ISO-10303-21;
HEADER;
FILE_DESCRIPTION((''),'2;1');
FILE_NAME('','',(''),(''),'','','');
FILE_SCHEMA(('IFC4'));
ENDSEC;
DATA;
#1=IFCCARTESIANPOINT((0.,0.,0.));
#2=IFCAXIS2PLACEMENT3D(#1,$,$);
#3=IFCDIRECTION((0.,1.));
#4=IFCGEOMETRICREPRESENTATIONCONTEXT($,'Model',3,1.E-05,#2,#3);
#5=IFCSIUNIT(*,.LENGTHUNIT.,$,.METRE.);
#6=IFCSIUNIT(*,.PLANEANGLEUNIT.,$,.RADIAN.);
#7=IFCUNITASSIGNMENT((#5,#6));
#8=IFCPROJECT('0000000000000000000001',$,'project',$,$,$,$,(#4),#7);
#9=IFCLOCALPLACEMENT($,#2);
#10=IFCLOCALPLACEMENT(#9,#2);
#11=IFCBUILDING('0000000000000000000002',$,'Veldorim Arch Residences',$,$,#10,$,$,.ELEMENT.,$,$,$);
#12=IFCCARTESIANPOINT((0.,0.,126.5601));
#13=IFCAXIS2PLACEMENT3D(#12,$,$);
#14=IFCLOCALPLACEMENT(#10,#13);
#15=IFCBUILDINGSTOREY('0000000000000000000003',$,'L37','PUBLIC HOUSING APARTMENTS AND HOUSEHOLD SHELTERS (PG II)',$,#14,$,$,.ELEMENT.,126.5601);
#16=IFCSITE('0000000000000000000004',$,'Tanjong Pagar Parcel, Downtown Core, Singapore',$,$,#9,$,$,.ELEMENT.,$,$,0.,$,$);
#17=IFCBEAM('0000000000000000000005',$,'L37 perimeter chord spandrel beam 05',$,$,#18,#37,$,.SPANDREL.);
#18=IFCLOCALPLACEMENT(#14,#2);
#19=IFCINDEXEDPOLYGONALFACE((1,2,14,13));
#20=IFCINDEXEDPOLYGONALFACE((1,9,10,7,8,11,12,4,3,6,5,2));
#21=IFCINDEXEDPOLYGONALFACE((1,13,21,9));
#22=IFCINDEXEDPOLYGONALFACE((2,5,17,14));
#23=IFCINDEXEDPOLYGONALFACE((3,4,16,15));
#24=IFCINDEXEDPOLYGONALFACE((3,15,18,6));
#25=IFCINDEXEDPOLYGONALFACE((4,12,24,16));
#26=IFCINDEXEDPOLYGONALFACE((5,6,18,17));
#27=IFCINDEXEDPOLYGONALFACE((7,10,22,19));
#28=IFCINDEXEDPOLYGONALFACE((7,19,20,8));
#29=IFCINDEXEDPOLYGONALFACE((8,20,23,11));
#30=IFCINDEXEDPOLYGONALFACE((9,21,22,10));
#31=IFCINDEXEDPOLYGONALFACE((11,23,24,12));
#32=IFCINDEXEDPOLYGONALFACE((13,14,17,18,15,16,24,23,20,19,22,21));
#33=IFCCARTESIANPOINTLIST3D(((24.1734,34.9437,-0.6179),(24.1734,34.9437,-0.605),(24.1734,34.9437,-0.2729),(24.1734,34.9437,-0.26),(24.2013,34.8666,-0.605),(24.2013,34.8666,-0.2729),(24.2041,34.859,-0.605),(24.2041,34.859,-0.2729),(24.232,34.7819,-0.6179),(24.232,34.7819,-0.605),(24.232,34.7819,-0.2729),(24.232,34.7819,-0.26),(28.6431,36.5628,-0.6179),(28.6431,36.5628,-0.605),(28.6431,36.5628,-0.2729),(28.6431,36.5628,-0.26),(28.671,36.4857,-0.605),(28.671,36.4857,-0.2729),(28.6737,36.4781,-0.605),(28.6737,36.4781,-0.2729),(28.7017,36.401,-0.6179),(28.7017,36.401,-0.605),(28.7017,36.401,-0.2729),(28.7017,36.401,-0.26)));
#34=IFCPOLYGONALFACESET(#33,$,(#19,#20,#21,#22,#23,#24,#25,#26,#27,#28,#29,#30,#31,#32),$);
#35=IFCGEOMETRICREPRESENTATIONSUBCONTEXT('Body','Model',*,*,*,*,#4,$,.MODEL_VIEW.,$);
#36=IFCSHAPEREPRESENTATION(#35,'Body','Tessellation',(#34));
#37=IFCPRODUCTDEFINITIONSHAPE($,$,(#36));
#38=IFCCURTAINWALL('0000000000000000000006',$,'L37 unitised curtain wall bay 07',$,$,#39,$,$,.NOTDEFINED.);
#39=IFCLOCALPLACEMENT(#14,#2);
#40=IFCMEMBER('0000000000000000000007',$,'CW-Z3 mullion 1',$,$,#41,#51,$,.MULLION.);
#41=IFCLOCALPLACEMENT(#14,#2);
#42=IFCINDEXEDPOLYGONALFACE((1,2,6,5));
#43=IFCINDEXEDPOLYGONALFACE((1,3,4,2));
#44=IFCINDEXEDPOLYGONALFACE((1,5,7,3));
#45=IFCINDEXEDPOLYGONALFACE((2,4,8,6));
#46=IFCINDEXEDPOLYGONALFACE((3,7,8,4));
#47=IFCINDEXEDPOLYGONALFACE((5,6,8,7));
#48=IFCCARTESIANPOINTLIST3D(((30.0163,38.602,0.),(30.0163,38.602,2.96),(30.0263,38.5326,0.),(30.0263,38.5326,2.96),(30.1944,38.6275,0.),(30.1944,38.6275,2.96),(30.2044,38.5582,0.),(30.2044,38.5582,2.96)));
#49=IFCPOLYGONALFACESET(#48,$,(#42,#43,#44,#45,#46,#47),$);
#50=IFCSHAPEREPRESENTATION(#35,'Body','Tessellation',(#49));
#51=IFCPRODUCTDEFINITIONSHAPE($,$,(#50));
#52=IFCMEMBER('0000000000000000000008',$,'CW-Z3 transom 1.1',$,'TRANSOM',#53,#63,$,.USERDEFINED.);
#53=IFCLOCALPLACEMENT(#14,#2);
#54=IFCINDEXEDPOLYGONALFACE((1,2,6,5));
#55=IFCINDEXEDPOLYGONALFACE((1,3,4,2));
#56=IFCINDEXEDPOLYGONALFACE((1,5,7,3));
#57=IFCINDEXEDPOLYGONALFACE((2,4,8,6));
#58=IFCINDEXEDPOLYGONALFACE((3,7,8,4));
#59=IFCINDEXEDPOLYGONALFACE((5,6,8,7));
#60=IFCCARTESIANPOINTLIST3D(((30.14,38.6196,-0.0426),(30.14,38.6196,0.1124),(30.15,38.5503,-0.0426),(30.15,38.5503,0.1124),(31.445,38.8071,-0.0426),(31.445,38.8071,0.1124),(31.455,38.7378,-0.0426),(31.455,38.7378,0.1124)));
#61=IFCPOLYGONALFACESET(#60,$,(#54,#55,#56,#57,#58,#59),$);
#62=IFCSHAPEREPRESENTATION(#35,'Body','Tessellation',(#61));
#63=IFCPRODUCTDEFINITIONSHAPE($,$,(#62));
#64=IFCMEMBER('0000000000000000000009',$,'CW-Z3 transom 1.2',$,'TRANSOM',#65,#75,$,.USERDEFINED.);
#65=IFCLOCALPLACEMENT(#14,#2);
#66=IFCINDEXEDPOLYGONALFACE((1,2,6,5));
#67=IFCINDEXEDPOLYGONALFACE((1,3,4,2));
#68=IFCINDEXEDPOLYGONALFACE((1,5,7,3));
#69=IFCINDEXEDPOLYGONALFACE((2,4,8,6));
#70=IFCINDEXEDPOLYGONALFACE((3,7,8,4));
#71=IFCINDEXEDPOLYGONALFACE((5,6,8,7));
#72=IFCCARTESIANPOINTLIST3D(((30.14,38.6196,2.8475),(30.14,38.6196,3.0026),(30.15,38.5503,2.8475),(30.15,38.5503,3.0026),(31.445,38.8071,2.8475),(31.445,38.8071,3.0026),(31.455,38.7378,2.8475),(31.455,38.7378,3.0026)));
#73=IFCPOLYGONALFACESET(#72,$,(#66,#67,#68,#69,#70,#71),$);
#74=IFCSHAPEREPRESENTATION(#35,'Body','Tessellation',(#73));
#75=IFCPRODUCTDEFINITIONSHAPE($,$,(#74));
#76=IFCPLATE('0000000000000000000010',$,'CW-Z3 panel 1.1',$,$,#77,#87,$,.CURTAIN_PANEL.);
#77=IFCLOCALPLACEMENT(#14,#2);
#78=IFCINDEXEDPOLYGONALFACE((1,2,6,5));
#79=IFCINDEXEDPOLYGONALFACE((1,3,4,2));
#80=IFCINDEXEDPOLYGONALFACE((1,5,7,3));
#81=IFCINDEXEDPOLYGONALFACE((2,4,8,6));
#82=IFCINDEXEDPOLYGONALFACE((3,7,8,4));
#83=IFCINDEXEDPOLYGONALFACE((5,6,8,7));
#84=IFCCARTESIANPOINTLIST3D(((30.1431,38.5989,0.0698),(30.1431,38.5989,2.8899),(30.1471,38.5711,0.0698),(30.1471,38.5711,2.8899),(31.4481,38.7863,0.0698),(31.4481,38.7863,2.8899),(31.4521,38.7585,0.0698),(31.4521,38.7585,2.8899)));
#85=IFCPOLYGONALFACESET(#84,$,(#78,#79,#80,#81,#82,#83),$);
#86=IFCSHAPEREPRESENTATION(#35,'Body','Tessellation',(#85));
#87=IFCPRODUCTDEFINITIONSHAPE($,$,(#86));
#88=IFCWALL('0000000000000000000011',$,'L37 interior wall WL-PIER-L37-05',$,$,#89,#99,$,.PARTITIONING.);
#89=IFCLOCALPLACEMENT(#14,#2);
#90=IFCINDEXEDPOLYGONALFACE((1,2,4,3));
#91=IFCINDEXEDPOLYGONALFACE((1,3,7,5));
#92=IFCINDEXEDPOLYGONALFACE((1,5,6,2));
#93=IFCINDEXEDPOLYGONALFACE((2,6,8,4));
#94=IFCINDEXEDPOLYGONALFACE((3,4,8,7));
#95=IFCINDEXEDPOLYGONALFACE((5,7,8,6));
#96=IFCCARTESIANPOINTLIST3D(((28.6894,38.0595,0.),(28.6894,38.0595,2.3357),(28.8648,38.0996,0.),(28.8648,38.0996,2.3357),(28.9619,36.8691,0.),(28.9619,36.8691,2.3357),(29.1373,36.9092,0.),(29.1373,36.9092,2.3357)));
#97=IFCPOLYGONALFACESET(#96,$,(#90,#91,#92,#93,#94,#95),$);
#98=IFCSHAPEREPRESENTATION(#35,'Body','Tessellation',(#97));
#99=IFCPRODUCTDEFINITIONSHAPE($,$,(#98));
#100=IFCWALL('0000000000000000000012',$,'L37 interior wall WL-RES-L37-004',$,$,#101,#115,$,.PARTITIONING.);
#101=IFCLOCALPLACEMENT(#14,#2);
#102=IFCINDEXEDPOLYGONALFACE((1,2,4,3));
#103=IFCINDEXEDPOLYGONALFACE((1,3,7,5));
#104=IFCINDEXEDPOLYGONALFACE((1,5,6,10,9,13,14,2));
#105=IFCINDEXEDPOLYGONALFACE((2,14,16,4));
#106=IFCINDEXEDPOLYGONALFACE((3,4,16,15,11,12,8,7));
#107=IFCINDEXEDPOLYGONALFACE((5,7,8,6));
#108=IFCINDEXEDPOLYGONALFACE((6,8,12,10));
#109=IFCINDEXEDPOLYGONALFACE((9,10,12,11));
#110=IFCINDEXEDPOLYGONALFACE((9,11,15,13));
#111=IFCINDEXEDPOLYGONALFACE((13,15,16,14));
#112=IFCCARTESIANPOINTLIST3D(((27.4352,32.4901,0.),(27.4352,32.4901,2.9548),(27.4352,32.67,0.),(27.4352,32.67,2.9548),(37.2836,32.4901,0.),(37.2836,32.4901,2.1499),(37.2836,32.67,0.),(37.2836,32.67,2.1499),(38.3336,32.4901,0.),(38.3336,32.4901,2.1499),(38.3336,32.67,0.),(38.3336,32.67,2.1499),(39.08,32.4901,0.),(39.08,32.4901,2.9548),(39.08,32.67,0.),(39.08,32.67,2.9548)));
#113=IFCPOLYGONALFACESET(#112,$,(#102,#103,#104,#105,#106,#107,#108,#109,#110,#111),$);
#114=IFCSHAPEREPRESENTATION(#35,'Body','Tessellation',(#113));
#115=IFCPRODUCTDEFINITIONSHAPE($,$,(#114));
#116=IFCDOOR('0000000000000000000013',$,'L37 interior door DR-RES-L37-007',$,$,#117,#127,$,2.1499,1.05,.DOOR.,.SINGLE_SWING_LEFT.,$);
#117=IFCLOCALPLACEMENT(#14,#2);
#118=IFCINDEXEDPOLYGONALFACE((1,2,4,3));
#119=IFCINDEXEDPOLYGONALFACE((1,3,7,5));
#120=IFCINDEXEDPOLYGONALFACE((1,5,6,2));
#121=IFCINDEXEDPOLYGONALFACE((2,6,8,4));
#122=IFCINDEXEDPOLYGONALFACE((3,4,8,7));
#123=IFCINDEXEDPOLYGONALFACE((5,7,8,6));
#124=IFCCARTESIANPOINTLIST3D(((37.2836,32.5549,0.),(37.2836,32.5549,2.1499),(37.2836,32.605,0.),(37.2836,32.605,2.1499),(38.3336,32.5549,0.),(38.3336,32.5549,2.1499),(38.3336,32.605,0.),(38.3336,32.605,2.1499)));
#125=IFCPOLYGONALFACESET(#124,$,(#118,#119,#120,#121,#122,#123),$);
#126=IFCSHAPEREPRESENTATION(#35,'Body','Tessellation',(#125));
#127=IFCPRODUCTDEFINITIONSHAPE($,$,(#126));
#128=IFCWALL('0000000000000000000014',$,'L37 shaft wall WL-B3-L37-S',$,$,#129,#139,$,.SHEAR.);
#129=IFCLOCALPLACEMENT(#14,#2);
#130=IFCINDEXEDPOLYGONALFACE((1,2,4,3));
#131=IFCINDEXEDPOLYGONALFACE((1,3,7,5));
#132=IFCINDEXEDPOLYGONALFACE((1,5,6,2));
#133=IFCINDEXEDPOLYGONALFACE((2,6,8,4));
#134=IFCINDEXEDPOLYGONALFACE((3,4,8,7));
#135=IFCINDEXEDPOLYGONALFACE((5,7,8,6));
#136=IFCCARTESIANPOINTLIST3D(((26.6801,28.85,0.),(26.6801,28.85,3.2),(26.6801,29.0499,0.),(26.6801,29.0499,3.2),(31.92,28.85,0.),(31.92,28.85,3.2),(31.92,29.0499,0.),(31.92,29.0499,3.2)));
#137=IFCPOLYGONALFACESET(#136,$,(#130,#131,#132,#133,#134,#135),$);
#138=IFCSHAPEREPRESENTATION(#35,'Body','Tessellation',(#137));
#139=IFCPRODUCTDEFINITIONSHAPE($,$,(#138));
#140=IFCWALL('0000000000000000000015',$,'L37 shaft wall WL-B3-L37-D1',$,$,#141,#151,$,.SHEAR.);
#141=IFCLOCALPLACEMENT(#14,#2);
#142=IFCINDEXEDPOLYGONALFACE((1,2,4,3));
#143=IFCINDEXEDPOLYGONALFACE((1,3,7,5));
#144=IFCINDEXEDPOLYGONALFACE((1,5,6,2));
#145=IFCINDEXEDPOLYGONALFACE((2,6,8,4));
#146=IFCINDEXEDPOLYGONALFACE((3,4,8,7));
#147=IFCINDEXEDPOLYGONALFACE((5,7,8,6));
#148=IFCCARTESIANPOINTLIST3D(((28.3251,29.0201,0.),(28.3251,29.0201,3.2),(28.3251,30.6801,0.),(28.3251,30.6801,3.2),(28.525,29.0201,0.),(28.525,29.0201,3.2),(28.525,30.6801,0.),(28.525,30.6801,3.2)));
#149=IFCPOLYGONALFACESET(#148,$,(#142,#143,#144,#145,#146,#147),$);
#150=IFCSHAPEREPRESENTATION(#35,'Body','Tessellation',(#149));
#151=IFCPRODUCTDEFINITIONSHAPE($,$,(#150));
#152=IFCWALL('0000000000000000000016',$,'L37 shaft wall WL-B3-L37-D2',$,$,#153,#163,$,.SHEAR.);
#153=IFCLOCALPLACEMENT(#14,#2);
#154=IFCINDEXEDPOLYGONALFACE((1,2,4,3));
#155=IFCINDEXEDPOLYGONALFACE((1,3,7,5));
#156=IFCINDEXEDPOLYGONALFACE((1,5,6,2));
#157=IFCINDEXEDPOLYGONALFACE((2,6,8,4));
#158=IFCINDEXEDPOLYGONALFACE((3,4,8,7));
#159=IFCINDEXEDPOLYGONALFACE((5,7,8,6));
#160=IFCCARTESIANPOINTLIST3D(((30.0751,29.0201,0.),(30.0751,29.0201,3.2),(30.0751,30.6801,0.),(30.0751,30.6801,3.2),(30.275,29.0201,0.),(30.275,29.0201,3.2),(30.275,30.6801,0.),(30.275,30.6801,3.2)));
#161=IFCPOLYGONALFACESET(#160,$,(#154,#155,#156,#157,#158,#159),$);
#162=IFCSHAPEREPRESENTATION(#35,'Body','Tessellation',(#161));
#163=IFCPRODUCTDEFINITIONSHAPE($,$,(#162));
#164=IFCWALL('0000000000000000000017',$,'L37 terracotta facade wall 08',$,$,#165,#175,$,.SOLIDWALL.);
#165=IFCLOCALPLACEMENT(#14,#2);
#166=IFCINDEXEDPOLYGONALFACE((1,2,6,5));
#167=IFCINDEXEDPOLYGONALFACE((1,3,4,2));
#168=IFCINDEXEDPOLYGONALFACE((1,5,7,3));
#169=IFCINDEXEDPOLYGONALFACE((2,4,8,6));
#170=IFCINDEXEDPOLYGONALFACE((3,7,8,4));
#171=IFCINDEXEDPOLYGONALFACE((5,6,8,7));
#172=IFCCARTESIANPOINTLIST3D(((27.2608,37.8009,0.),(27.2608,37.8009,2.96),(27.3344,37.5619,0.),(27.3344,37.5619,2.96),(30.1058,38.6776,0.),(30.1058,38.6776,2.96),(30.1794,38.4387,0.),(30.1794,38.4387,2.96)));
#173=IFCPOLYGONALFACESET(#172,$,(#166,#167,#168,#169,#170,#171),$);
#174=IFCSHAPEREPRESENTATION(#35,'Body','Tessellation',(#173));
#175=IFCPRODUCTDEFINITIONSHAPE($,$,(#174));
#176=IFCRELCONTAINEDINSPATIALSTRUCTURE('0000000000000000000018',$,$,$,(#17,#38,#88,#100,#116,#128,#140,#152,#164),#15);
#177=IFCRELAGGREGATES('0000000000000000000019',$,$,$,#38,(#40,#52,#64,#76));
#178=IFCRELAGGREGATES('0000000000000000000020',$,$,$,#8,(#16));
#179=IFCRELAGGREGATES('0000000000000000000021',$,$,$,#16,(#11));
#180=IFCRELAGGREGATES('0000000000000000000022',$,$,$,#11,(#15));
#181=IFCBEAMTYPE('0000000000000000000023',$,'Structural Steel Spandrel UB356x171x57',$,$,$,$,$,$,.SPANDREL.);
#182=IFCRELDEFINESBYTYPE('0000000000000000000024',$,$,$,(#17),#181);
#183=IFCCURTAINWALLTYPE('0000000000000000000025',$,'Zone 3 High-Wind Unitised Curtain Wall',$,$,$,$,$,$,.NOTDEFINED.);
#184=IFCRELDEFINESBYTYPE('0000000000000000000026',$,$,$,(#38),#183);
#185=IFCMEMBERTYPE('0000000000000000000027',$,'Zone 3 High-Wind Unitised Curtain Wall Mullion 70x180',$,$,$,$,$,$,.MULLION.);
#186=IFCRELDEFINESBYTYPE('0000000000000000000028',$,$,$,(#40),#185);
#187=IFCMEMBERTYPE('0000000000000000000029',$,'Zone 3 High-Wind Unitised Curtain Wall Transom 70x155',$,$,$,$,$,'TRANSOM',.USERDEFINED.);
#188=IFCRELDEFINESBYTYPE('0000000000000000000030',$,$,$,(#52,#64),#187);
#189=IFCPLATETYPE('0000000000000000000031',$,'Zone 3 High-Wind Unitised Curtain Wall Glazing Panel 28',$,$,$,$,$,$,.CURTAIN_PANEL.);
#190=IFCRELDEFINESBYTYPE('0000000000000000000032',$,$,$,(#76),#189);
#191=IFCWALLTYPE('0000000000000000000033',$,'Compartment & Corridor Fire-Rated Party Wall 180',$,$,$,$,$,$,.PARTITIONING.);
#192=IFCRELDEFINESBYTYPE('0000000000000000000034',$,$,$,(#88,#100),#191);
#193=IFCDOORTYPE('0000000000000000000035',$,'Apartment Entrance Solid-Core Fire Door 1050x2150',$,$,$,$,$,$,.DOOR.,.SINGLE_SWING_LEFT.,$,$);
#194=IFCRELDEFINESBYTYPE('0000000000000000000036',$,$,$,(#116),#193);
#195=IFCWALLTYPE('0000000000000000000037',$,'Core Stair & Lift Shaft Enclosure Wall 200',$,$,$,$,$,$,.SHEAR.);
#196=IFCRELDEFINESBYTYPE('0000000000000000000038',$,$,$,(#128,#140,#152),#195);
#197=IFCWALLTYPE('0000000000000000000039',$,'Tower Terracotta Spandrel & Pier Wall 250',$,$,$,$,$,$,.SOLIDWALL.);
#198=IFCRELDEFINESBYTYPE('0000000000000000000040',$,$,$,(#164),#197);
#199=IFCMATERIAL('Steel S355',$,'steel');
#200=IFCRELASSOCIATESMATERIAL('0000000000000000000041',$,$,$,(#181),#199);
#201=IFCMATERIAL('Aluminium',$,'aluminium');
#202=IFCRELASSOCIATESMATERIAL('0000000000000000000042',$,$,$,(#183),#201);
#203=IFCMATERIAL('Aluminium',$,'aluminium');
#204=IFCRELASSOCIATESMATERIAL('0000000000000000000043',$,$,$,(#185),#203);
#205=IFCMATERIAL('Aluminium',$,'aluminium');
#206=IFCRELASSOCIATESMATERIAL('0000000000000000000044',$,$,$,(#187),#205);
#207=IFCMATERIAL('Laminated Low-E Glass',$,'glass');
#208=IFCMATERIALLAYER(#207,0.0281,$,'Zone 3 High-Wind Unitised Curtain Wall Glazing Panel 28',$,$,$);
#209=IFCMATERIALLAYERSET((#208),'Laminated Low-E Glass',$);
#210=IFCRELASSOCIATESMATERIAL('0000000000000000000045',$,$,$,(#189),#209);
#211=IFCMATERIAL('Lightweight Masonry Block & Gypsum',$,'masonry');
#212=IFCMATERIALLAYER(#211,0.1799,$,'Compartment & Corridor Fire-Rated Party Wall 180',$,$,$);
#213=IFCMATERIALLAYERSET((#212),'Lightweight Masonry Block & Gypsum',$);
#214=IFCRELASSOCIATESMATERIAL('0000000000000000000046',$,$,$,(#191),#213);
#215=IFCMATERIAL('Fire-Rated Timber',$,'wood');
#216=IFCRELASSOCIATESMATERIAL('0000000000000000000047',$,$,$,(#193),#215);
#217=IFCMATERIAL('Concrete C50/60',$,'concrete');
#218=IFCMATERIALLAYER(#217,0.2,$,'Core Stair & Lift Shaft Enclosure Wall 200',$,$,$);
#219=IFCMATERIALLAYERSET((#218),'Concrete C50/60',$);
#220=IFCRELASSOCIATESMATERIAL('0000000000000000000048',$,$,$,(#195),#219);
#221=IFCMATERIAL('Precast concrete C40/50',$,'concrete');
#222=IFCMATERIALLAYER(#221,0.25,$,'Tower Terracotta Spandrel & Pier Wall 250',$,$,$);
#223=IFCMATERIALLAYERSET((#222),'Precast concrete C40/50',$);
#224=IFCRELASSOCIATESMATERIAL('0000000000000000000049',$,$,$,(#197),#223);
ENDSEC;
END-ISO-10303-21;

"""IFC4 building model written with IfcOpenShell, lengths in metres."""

from ifc_helpers import new_model, si_unit, direction, frame, frame_2d, origin, origin_2d, place, context, subcontext, project, spatial, rectangle, i_section, extrude, material, layer, layer_set, material_profile, profile_set, type_object, element, fill, aggregate, save


model = new_model("IFC4")

# Units and contexts
model_context = context("Model", 3, precision=1e-05, world=origin(), true_north=direction((0.0, 1.0)))
body_context = subcontext(model_context, "Body", "Model", "MODEL_VIEW")
ifc_project = project(units=[si_unit("LENGTHUNIT", "METRE"), si_unit("PLANEANGLEUNIT", "RADIAN")], contexts=[model_context])

# Site, building, storey
site_placement = place(None, origin())
site = spatial("IfcSite", under=ifc_project, at=site_placement, Name="Tanjong Pagar Parcel, Downtown Core, Singapore", CompositionType="ELEMENT", RefElevation=0.0)
building_placement = place(site_placement, origin())
building = spatial("IfcBuilding", under=site, at=building_placement, Name="Veldorim Arch Residences", CompositionType="ELEMENT")
storey_placement = place(building_placement, frame((0.0, 0.0, 126.5601)))
storey = spatial("IfcBuildingStorey", under=building, at=storey_placement, Name="L37", Description="PUBLIC HOUSING APARTMENTS AND HOUSEHOLD SHELTERS (PG II)", CompositionType="ELEMENT", Elevation=126.5601)

# Beam
ifc_material_1 = material(Name="Steel S355", Category="steel")
ifc_material_profile_1 = material_profile(ifc_material_1, i_section(OverallWidth=0.1721, OverallDepth=0.3579, WebThickness=0.0081, FlangeThickness=0.0129, at=origin_2d()), Name="UB356x171x57")
ifc_profile_set_1 = profile_set([ifc_material_profile_1], Name="Steel S355")
beam_type_1 = type_object("IfcBeamType", Name="Structural Steel Spandrel UB356x171x57", PredefinedType="SPANDREL", material=ifc_profile_set_1)
beam_1_placement = place(storey_placement, frame((28.6724, 36.4819, -0.439), z_axis=(-0.940213, -0.340588, 0.0), x_axis=(0.340588, -0.940213, 0.0)))
element("IfcBeam", 1, at=beam_1_placement, inside=storey, type_object=beam_type_1, Name="L37 perimeter chord spandrel beam 05", PredefinedType="SPANDREL", context=body_context, shape_type="SweptSolid", body=[
    extrude(i_section(OverallWidth=0.1721, OverallDepth=0.3579, WebThickness=0.0081, FlangeThickness=0.0129, at=origin_2d()), origin(), (0.0, 0.0, 1.0), 4.7539),
])

# Curtain wall, members, plate
ifc_material_2 = material(Name="Aluminium", Category="aluminium")
curtain_wall_type = type_object("IfcCurtainWallType", Name="Zone 3 High-Wind Unitised Curtain Wall", PredefinedType="NOTDEFINED", material=ifc_material_2)
curtain_wall_placement = place(storey_placement, origin())
curtain_wall = element("IfcCurtainWall", 2, at=curtain_wall_placement, inside=storey, type_object=curtain_wall_type, Name="L37 unitised curtain wall bay 07", PredefinedType="NOTDEFINED")
ifc_material_3 = material(Name="Aluminium", Category="aluminium")
ifc_material_profile_2 = material_profile(ifc_material_3, rectangle(XDim=0.0701, YDim=0.1799, at=origin_2d()), Name="ALU_MUL_70x180")
ifc_profile_set_2 = profile_set([ifc_material_profile_2], Name="Aluminium")
member_type_1 = type_object("IfcMemberType", Name="Zone 3 High-Wind Unitised Curtain Wall Mullion 70x180", PredefinedType="MULLION", material=ifc_profile_set_2)
member_1_placement = place(storey_placement, frame((30.1104, 38.5801, 0.0), z_axis=(0.0, 0.0, 1.0), x_axis=(-0.14212, 0.989849, 0.0)))
member_1 = element("IfcMember", 3, at=member_1_placement, type_object=member_type_1, Name="CW-Z3 mullion 1", PredefinedType="MULLION", context=body_context, shape_type="SweptSolid", body=[
    extrude(rectangle(XDim=0.0701, YDim=0.1799, at=origin_2d()), origin(), (0.0, 0.0, 1.0), 2.96),
])
ifc_material_4 = material(Name="Aluminium", Category="aluminium")
ifc_material_profile_3 = material_profile(ifc_material_4, rectangle(XDim=0.0701, YDim=0.155, at=origin_2d()), Name="ALU_TRN_70x155")
ifc_profile_set_3 = profile_set([ifc_material_profile_3], Name="Aluminium")
member_type_2 = type_object("IfcMemberType", Name="Zone 3 High-Wind Unitised Curtain Wall Transom 70x155", ElementType="TRANSOM", PredefinedType="USERDEFINED", material=ifc_profile_set_3)
member_2_placement = place(storey_placement, frame((30.145, 38.585, 0.0349), z_axis=(0.989834, 0.142225, 0.0), x_axis=(-0.142225, 0.989834, 0.0)))
member_2 = element("IfcMember", 4, at=member_2_placement, type_object=member_type_2, Name="CW-Z3 transom 1.1", ObjectType="TRANSOM", PredefinedType="USERDEFINED", context=body_context, shape_type="SweptSolid", body=[
    extrude(rectangle(XDim=0.0701, YDim=0.155, at=origin_2d()), origin(), (0.0, 0.0, 1.0), 1.3184),
])
member_3_placement = place(storey_placement, frame((30.145, 38.585, 2.925), z_axis=(0.989834, 0.142225, 0.0), x_axis=(-0.142225, 0.989834, 0.0)))
member_3 = element("IfcMember", 5, at=member_3_placement, type_object=member_type_2, Name="CW-Z3 transom 1.2", ObjectType="TRANSOM", PredefinedType="USERDEFINED", context=body_context, shape_type="SweptSolid", body=[
    extrude(rectangle(XDim=0.0701, YDim=0.155, at=origin_2d()), origin(), (0.0, 0.0, 1.0), 1.3184),
])
ifc_material_5 = material(Name="Laminated Low-E Glass", Category="glass")
ifc_layer_1 = layer(ifc_material_5, 0.0281, Name="Zone 3 High-Wind Unitised Curtain Wall Glazing Panel 28")
ifc_layer_set_1 = layer_set([ifc_layer_1], Name="Laminated Low-E Glass")
plate_type = type_object("IfcPlateType", Name="Zone 3 High-Wind Unitised Curtain Wall Glazing Panel 28", PredefinedType="CURTAIN_PANEL", material=ifc_layer_set_1)
plate_placement = place(storey_placement, frame((30.7976, 38.6787, 0.0698), z_axis=(0.0, 0.0, 1.0), x_axis=(0.989849, 0.14212, 0.0)))
plate = element("IfcPlate", 6, at=plate_placement, type_object=plate_type, Name="CW-Z3 panel 1.1", PredefinedType="CURTAIN_PANEL", context=body_context, shape_type="SweptSolid", body=[
    extrude(rectangle(XDim=1.3184, YDim=0.0281, at=origin_2d()), origin(), (0.0, 0.0, 1.0), 2.8201),
])
aggregate(curtain_wall, [member_1, member_2, member_3, plate])

# Wall
ifc_material_6 = material(Name="Lightweight Masonry Block & Gypsum", Category="masonry")
ifc_layer_2 = layer(ifc_material_6, 0.1799, Name="Compartment & Corridor Fire-Rated Party Wall 180")
ifc_layer_set_2 = layer_set([ifc_layer_2], Name="Lightweight Masonry Block & Gypsum")
wall_type_1 = type_object("IfcWallType", Name="Compartment & Corridor Fire-Rated Party Wall 180", PredefinedType="PARTITIONING", material=ifc_layer_set_2)
wall_1_placement = place(storey_placement, frame((29.0496, 36.8892, 0.0), z_axis=(0.0, 0.0, 1.0), x_axis=(-0.223107, 0.974794, 0.0)))
element("IfcWall", 7, at=wall_1_placement, inside=storey, type_object=wall_type_1, Name="L37 interior wall WL-PIER-L37-05", PredefinedType="PARTITIONING", context=body_context, shape_type="SweptSolid", body=[
    extrude(rectangle(XDim=1.2212, YDim=0.1799, at=frame_2d((0.6106, 0.0))), origin(), (0.0, 0.0, 1.0), 2.3357),
])

# Wall, opening, door
wall_2_placement = place(storey_placement, frame((27.4353, 32.5801, 0.0), z_axis=(0.0, 0.0, 1.0), x_axis=(1.0, 0.0, 0.0)))
wall_2 = element("IfcWall", 8, at=wall_2_placement, inside=storey, type_object=wall_type_1, Name="L37 interior wall WL-RES-L37-004", PredefinedType="PARTITIONING", context=body_context, shape_type="SweptSolid", body=[
    extrude(rectangle(XDim=11.6448, YDim=0.1799, at=frame_2d((5.8223, 0.0))), origin(), (0.0, 0.0, 1.0), 2.9548),
])
opening_placement = place(wall_2_placement, frame((9.8484, 0.0, 0.0)))
opening = element("IfcOpeningElement", 9, at=opening_placement, cuts=wall_2, PredefinedType="OPENING", context=body_context, shape_type="SweptSolid", body=[
    extrude(rectangle(XDim=1.05, YDim=2.1499, at=frame_2d((0.5249, 1.075))), frame((0.0, 0.0999, 0.0), z_axis=(0.0, -1.0, 0.0), x_axis=(1.0, 0.0, 0.0)), (0.0, 0.0, 1.0), 0.2),
])
ifc_material_7 = material(Name="Fire-Rated Timber", Category="wood")
door_type = type_object("IfcDoorType", Name="Apartment Entrance Solid-Core Fire Door 1050x2150", OperationType="SINGLE_SWING_LEFT", PredefinedType="DOOR", material=ifc_material_7)
door_placement = place(opening_placement, origin())
door = element("IfcDoor", 10, at=door_placement, inside=storey, type_object=door_type, Name="L37 interior door DR-RES-L37-007", OperationType="SINGLE_SWING_LEFT", OverallHeight=2.1499, OverallWidth=1.05, PredefinedType="DOOR", context=body_context, shape_type="SweptSolid", body=[
    extrude(rectangle(XDim=1.05, YDim=2.1499, at=frame_2d((0.5249, 1.075))), frame((0.0, 0.0249, 0.0), z_axis=(0.0, -1.0, 0.0), x_axis=(1.0, 0.0, 0.0)), (0.0, 0.0, 1.0), 0.05),
])
fill(opening, door)

# Walls
ifc_material_8 = material(Name="Concrete C50/60", Category="concrete")
ifc_layer_3 = layer(ifc_material_8, 0.2, Name="Core Stair & Lift Shaft Enclosure Wall 200")
ifc_layer_set_3 = layer_set([ifc_layer_3], Name="Concrete C50/60")
wall_type_2 = type_object("IfcWallType", Name="Core Stair & Lift Shaft Enclosure Wall 200", PredefinedType="SHEAR", material=ifc_layer_set_3)
wall_3_placement = place(storey_placement, frame((26.6799, 28.95, 0.0), z_axis=(0.0, 0.0, 1.0), x_axis=(1.0, 0.0, 0.0)))
element("IfcWall", 11, at=wall_3_placement, inside=storey, type_object=wall_type_2, Name="L37 shaft wall WL-B3-L37-S", PredefinedType="SHEAR", context=body_context, shape_type="SweptSolid", body=[
    extrude(rectangle(XDim=5.24, YDim=0.2, at=frame_2d((2.6201, 0.0))), origin(), (0.0, 0.0, 1.0), 3.2),
])
for number, where, z_axis, x_axis, name in (
    (12, (28.425, 29.02, 0.0), (0.0, 0.0, 1.0), (0.0, 1.0, 0.0), "L37 shaft wall WL-B3-L37-D1"),
    (13, (30.175, 29.02, 0.0), (0.0, 0.0, 1.0), (0.0, 1.0, 0.0), "L37 shaft wall WL-B3-L37-D2"),
):
    element("IfcWall", number, at=place(storey_placement, frame(where, z_axis=z_axis, x_axis=x_axis)), inside=storey, type_object=wall_type_2, Name=name, PredefinedType="SHEAR", context=body_context, shape_type="SweptSolid", body=[
        extrude(rectangle(XDim=1.6599, YDim=0.2, at=frame_2d((0.8301, 0.0))), origin(), (0.0, 0.0, 1.0), 3.2),
    ])
ifc_material_9 = material(Name="Precast concrete C40/50", Category="concrete")
ifc_layer_4 = layer(ifc_material_9, 0.25, Name="Tower Terracotta Spandrel & Pier Wall 250")
ifc_layer_set_4 = layer_set([ifc_layer_4], Name="Precast concrete C40/50")
wall_type_3 = type_object("IfcWallType", Name="Tower Terracotta Spandrel & Pier Wall 250", PredefinedType="SOLIDWALL", material=ifc_layer_set_4)
wall_4_placement = place(storey_placement, frame((27.2976, 37.6814, 0.0), z_axis=(0.0, 0.0, 1.0), x_axis=(0.955653, 0.294495, 0.0)))
element("IfcWall", 14, at=wall_4_placement, inside=storey, type_object=wall_type_3, Name="L37 terracotta facade wall 08", PredefinedType="SOLIDWALL", context=body_context, shape_type="SweptSolid", body=[
    extrude(rectangle(XDim=2.9771, YDim=0.25, at=frame_2d((1.4885, 0.0))), origin(), (0.0, 0.0, 1.0), 2.96),
])

save(model, "model.ifc")
